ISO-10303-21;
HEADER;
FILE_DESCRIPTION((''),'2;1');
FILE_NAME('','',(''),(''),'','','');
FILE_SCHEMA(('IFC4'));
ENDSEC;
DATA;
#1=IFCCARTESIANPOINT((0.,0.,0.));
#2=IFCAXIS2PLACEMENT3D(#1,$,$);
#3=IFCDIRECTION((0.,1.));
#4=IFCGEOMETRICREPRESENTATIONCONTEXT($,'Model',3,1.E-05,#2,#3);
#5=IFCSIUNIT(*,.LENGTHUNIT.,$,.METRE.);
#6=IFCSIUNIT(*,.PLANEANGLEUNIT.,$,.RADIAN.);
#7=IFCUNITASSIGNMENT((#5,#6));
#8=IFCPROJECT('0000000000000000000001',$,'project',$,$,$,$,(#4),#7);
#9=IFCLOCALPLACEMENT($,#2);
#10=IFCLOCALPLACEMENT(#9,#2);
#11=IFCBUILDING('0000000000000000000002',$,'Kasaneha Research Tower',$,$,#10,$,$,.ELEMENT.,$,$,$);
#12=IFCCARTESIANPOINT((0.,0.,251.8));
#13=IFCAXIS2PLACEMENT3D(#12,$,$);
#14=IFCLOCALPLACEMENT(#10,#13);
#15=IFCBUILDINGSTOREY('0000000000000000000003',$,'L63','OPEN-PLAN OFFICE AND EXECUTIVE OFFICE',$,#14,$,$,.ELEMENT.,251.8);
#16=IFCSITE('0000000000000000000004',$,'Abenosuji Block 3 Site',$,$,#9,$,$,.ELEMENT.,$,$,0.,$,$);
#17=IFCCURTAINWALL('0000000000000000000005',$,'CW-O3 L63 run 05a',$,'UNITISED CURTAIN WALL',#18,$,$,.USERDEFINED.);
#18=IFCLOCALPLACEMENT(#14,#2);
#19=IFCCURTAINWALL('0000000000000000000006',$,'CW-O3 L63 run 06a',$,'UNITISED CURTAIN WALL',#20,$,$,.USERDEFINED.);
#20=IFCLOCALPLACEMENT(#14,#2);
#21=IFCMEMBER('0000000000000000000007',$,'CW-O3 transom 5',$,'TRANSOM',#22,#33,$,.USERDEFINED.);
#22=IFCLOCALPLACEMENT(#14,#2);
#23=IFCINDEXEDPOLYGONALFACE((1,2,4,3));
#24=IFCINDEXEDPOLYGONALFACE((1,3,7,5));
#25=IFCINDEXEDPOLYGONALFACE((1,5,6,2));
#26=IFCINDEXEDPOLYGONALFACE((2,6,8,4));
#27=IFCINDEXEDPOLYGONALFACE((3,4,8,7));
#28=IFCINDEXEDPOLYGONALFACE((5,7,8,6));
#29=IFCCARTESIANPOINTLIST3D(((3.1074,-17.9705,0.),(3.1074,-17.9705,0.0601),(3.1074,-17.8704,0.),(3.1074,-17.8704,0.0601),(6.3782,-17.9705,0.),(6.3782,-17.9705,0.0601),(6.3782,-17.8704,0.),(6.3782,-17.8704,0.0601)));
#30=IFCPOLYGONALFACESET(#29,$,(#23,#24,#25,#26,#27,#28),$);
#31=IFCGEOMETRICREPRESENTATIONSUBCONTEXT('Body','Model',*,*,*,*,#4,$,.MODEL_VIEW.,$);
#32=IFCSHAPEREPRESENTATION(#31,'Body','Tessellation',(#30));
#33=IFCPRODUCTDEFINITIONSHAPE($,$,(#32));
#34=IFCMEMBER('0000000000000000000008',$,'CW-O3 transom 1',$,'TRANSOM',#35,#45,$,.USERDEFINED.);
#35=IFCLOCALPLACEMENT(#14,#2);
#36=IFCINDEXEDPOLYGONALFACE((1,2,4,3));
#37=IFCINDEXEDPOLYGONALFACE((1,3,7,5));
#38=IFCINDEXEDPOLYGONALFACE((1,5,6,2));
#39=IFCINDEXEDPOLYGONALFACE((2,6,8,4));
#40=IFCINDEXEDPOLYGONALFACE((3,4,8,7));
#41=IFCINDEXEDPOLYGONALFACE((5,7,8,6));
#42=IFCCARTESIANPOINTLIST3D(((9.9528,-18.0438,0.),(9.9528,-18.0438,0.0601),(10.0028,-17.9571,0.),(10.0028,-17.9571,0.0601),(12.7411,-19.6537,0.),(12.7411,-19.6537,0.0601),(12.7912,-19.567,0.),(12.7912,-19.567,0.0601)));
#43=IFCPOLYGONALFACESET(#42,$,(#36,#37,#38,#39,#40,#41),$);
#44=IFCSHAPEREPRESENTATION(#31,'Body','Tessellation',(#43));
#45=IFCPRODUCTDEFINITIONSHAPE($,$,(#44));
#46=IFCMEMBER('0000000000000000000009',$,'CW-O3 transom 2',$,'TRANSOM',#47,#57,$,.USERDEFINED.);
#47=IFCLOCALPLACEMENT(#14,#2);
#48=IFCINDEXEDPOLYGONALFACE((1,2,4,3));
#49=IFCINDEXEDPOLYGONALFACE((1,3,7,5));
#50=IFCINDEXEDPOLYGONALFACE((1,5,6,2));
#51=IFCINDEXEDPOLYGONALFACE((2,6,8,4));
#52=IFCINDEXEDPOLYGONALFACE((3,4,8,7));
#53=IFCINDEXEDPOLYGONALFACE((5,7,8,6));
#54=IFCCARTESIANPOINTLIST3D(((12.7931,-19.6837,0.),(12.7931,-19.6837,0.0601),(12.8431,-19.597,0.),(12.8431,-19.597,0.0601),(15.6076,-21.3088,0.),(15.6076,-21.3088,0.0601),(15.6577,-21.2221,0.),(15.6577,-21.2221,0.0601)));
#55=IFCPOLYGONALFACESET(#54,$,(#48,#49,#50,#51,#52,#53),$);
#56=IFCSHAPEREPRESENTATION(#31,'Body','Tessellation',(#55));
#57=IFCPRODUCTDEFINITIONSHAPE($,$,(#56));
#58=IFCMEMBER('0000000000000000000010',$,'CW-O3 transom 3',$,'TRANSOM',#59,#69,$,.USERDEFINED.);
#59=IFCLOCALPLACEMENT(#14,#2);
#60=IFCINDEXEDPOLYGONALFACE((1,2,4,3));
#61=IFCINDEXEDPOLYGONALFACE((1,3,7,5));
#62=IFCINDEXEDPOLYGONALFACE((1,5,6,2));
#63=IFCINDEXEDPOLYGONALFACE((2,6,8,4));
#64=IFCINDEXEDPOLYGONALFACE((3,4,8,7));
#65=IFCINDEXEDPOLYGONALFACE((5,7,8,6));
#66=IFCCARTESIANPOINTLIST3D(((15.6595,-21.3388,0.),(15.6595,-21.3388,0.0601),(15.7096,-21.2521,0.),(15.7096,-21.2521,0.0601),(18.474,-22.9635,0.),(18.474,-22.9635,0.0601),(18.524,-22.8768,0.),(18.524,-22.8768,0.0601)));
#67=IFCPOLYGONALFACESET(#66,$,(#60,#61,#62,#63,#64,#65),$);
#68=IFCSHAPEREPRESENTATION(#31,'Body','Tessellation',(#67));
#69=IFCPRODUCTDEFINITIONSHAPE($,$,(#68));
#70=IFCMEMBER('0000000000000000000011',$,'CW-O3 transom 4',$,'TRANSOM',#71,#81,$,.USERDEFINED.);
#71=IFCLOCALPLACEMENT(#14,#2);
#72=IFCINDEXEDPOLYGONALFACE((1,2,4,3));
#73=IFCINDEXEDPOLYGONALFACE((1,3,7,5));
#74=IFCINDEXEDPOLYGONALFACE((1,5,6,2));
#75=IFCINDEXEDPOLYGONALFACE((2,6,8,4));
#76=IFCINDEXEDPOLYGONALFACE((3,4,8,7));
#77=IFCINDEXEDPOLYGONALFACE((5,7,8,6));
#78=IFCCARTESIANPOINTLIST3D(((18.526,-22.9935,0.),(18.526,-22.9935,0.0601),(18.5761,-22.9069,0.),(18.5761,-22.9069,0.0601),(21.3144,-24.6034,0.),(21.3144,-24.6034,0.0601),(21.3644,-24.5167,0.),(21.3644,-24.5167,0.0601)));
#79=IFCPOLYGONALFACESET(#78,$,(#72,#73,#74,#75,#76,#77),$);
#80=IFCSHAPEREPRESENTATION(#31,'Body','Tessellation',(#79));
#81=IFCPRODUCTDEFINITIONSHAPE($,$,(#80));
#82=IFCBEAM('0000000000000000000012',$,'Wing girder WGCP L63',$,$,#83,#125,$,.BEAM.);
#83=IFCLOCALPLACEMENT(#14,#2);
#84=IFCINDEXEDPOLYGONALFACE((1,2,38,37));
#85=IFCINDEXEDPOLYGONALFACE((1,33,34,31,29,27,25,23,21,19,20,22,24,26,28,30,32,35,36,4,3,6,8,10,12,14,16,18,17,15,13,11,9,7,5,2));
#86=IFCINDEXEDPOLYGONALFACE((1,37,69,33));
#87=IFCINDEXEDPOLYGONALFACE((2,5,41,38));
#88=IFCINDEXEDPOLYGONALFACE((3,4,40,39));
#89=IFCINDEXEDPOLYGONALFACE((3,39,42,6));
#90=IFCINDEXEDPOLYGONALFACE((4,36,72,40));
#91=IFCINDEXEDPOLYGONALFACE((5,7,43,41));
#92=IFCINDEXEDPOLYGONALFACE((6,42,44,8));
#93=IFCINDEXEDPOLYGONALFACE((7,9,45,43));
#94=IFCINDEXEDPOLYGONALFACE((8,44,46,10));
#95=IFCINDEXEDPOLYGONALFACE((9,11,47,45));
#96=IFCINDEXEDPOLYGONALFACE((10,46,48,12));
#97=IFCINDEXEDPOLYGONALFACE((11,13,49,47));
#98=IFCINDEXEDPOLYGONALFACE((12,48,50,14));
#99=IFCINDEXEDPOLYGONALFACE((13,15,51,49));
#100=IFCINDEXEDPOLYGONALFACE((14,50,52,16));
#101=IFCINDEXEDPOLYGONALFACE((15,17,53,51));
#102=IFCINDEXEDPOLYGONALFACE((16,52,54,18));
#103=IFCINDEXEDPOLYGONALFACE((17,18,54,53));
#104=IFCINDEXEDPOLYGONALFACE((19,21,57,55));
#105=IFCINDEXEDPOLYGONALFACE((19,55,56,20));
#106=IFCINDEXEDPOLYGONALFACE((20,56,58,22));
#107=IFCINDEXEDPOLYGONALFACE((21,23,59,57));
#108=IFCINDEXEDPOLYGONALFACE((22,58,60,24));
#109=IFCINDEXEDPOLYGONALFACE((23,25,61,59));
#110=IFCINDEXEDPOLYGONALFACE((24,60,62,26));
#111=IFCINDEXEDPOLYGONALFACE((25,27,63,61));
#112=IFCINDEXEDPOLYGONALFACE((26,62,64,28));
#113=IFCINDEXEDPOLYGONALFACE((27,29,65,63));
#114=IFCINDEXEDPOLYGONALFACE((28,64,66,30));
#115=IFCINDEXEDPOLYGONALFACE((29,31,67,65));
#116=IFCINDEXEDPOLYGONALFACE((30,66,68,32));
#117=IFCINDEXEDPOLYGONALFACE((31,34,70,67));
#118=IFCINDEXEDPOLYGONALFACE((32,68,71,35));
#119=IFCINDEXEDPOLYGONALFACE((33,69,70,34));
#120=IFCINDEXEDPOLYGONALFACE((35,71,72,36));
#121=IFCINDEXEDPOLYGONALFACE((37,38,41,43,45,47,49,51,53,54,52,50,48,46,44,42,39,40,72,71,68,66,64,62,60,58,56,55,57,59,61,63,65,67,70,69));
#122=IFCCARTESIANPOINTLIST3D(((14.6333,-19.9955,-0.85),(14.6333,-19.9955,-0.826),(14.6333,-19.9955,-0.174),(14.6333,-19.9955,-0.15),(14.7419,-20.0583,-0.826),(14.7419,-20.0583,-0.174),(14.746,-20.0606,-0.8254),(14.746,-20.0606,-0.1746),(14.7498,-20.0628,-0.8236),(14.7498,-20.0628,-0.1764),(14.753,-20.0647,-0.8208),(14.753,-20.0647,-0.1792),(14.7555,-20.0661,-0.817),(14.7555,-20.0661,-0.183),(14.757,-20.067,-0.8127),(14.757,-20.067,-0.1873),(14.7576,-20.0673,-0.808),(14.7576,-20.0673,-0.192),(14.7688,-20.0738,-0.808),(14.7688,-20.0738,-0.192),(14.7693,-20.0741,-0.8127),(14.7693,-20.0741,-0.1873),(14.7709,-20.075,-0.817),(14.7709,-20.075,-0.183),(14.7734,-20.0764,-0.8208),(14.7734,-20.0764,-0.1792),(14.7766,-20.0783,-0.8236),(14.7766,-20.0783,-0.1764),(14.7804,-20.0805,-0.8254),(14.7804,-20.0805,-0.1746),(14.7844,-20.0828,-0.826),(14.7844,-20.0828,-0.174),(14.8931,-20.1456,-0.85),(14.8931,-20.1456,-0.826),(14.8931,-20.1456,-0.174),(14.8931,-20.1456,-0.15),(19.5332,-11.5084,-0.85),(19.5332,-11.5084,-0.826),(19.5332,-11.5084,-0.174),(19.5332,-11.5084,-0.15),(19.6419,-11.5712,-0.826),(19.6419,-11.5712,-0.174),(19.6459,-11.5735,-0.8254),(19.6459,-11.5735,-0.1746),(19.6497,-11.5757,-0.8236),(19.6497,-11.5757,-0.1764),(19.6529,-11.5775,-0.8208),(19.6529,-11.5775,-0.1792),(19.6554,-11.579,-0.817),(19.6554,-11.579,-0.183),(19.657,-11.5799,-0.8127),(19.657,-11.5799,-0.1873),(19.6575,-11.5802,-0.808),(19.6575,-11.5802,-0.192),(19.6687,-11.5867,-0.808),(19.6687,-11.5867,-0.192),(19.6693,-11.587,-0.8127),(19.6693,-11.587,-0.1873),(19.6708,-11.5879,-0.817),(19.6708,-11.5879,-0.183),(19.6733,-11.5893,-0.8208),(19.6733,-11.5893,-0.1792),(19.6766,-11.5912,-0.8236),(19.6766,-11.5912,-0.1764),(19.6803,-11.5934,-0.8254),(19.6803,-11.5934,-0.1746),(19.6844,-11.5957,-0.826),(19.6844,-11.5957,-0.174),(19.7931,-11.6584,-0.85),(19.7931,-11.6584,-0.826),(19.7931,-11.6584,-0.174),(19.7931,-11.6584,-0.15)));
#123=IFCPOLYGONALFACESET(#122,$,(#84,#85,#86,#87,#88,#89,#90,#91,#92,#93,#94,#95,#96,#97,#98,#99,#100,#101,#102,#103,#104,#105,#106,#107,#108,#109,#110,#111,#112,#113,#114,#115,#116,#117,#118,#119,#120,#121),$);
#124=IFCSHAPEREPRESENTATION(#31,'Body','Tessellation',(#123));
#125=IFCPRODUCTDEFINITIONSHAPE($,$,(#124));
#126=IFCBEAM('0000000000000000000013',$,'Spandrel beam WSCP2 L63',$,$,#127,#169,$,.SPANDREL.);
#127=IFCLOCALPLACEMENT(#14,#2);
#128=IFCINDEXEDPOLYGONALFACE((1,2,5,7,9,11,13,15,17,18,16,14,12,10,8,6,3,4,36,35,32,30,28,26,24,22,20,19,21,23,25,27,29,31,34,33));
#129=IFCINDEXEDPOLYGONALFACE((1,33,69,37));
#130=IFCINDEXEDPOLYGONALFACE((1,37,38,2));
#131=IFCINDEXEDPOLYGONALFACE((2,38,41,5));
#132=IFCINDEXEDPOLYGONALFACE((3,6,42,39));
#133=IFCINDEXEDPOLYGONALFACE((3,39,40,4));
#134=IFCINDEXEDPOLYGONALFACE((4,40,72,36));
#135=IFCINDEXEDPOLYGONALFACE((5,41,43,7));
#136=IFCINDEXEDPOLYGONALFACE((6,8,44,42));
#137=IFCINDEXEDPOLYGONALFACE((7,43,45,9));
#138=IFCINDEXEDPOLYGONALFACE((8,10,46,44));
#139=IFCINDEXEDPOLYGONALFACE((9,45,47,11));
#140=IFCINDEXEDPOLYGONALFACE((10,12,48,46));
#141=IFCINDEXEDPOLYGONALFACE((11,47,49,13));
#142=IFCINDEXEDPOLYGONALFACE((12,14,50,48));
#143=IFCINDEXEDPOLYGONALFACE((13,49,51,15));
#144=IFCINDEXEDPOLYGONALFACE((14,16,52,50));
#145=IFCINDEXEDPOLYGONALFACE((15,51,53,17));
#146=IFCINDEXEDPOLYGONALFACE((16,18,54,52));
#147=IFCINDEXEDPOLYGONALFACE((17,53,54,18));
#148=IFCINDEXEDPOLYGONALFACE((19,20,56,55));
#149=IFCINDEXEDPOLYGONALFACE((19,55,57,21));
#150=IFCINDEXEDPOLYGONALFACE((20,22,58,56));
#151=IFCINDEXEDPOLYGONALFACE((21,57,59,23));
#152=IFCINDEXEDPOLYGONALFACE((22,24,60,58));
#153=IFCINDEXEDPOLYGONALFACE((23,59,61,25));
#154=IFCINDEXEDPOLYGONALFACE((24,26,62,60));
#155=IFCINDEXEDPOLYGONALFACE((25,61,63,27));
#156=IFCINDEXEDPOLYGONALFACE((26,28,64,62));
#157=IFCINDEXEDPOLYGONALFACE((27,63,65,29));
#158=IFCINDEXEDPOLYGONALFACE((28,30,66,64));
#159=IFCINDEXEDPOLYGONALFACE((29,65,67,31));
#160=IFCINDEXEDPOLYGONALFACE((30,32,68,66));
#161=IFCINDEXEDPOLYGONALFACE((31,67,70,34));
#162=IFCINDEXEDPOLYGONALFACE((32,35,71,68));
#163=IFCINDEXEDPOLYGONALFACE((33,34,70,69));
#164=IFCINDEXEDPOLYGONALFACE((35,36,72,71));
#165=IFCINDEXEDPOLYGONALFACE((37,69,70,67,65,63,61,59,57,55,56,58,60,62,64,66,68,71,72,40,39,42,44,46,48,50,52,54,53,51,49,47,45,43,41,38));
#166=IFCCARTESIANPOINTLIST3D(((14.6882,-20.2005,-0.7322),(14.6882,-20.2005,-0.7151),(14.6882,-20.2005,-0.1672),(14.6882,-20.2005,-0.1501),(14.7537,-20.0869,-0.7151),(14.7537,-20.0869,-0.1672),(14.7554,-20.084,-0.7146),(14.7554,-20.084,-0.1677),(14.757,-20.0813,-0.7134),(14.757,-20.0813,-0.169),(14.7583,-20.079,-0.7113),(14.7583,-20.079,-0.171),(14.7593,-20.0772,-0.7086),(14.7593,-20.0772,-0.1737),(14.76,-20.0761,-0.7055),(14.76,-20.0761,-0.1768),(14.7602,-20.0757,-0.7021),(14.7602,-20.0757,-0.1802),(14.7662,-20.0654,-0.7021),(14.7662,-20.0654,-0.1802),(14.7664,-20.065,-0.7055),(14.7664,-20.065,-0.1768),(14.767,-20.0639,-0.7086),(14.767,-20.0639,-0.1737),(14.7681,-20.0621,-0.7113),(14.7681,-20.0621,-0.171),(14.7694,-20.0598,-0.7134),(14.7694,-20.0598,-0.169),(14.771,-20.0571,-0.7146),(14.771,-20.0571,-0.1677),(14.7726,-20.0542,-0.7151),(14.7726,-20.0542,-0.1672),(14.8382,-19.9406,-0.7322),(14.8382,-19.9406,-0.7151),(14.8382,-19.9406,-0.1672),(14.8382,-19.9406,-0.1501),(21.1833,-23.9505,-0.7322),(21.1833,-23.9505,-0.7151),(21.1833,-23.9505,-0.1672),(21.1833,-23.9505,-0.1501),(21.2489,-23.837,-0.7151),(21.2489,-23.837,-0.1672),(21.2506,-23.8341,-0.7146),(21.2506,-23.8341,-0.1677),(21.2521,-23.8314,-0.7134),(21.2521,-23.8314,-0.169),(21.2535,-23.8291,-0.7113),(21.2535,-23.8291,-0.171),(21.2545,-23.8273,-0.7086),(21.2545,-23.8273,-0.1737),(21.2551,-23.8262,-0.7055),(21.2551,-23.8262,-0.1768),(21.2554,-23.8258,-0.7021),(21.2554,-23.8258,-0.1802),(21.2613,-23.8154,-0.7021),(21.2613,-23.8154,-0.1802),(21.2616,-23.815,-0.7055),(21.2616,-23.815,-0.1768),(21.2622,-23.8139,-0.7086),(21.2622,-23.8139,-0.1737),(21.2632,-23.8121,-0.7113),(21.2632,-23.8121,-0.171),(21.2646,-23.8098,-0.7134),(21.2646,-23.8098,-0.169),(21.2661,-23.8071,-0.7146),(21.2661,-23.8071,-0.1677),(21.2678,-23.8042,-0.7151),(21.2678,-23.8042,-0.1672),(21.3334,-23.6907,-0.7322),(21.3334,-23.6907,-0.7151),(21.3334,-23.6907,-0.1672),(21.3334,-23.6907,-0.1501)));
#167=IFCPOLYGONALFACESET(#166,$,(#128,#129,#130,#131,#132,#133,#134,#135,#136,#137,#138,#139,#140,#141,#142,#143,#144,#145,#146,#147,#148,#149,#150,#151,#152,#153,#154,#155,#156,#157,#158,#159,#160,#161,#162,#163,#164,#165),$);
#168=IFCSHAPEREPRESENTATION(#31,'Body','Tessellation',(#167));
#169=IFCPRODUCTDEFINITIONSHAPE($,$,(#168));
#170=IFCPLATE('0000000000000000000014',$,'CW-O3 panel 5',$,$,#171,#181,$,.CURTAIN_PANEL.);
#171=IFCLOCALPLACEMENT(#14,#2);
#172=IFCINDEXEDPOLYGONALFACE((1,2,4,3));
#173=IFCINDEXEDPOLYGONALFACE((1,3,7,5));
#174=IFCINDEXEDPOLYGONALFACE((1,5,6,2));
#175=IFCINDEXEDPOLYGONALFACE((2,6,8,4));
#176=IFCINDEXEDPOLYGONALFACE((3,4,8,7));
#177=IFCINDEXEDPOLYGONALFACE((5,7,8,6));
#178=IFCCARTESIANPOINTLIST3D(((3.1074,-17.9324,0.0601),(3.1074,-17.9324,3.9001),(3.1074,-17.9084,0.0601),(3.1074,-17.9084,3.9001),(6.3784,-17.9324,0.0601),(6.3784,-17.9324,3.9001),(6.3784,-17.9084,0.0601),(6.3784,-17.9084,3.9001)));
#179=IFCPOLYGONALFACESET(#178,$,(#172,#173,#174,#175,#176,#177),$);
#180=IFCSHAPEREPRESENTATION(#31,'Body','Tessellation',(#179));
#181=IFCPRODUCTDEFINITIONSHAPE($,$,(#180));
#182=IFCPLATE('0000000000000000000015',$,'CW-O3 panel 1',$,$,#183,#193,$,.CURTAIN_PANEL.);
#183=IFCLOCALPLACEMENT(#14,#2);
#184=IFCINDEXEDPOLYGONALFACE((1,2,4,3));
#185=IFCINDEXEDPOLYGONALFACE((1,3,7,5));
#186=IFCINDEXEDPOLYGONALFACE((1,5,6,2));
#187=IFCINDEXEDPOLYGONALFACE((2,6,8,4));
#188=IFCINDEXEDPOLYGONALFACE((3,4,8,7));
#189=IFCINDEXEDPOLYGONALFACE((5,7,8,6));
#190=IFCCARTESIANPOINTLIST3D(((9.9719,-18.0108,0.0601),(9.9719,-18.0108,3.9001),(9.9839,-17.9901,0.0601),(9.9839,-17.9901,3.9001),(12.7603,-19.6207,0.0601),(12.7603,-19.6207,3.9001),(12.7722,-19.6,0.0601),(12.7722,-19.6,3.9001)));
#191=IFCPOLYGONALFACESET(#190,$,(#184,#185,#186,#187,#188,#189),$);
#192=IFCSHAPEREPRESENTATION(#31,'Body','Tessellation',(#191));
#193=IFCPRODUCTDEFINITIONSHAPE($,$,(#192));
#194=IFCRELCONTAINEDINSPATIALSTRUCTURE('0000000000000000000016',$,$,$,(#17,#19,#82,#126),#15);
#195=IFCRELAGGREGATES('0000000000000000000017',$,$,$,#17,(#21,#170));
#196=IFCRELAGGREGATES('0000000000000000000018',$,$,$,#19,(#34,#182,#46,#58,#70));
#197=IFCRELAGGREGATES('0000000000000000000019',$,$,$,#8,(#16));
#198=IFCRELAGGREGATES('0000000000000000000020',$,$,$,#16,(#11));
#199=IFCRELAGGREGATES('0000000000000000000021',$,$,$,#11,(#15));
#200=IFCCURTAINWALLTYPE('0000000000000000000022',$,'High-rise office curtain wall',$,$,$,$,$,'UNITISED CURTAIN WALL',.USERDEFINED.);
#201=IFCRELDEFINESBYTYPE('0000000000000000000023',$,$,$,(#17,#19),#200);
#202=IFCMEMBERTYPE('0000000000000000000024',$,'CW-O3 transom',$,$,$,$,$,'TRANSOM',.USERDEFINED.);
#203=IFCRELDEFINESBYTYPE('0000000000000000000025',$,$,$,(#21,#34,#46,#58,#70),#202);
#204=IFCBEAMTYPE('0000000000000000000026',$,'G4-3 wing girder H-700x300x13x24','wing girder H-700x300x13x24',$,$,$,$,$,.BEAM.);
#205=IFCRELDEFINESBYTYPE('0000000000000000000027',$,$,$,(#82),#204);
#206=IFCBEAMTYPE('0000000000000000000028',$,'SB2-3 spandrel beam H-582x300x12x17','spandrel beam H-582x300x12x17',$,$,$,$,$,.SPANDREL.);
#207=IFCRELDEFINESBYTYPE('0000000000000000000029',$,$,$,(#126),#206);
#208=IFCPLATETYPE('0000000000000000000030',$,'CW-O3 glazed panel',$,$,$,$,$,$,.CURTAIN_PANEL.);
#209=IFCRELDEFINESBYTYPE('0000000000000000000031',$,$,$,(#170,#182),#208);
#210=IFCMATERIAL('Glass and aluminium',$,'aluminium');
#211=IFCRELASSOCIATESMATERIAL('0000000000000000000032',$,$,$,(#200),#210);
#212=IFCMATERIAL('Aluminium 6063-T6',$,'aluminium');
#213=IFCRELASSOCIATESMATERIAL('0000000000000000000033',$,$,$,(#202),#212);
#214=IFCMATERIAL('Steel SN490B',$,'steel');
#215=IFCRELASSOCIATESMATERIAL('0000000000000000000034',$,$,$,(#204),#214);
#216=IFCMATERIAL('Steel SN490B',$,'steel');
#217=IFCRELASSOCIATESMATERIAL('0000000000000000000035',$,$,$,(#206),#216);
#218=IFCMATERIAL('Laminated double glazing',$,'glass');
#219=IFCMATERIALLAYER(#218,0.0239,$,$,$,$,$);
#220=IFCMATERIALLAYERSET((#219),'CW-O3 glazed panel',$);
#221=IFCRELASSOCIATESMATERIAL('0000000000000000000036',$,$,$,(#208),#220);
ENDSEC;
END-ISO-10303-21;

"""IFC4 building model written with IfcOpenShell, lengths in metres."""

from ifc_helpers import new_model, si_unit, direction, frame, origin, origin_2d, place, context, subcontext, project, spatial, rectangle, i_section, extrude, material, layer, layer_set, material_profile, profile_set, type_object, element, aggregate, save


model = new_model("IFC4")

# Units and contexts
model_context = context("Model", 3, precision=1e-05, world=origin(), true_north=direction((0.0, 1.0)))
body_context = subcontext(model_context, "Body", "Model", "MODEL_VIEW")
ifc_project = project(units=[si_unit("LENGTHUNIT", "METRE"), si_unit("PLANEANGLEUNIT", "RADIAN")], contexts=[model_context])

# Site, building, storey
site_placement = place(None, origin())
site = spatial("IfcSite", under=ifc_project, at=site_placement, Name="Abenosuji Block 3 Site", CompositionType="ELEMENT", RefElevation=0.0)
building_placement = place(site_placement, origin())
building = spatial("IfcBuilding", under=site, at=building_placement, Name="Kasaneha Research Tower", CompositionType="ELEMENT")
storey_placement = place(building_placement, frame((0.0, 0.0, 251.8)))
storey = spatial("IfcBuildingStorey", under=building, at=storey_placement, Name="L63", Description="OPEN-PLAN OFFICE AND EXECUTIVE OFFICE", CompositionType="ELEMENT", Elevation=251.8)

# Curtain walls
ifc_material_1 = material(Name="Glass and aluminium", Category="aluminium")
curtain_wall_type = type_object("IfcCurtainWallType", Name="High-rise office curtain wall", ElementType="UNITISED CURTAIN WALL", PredefinedType="USERDEFINED", material=ifc_material_1)
curtain_wall_1_placement = place(storey_placement, origin())
curtain_wall_1 = element("IfcCurtainWall", 1, at=curtain_wall_1_placement, inside=storey, type_object=curtain_wall_type, Name="CW-O3 L63 run 05a", ObjectType="UNITISED CURTAIN WALL", PredefinedType="USERDEFINED")
curtain_wall_2_placement = place(storey_placement, origin())
curtain_wall_2 = element("IfcCurtainWall", 2, at=curtain_wall_2_placement, inside=storey, type_object=curtain_wall_type, Name="CW-O3 L63 run 06a", ObjectType="UNITISED CURTAIN WALL", PredefinedType="USERDEFINED")

# Members
ifc_material_2 = material(Name="Aluminium 6063-T6", Category="aluminium")
ifc_material_profile_1 = material_profile(ifc_material_2, rectangle(XDim=0.1001, YDim=0.0601, at=origin_2d()), Name="CW-O3 transom 100x60")
ifc_profile_set_1 = profile_set([ifc_material_profile_1], Name="Aluminium 6063-T6")
member_type_1 = type_object("IfcMemberType", Name="CW-O3 transom", ElementType="TRANSOM", PredefinedType="USERDEFINED", material=ifc_profile_set_1)
member_1_placement = place(storey_placement, frame((3.1074, -17.9204, 0.03), z_axis=(1.0, 0.0, 0.0), x_axis=(0.0, 1.0, 0.0)))
member_1 = element("IfcMember", 3, at=member_1_placement, type_object=member_type_1, Name="CW-O3 transom 5", ObjectType="TRANSOM", PredefinedType="USERDEFINED", context=body_context, shape_type="SweptSolid", body=[
    extrude(rectangle(XDim=0.1001, YDim=0.0601, at=origin_2d()), origin(), (0.0, 0.0, 1.0), 3.2708),
])
member_2_placement = place(storey_placement, frame((9.9778, -18.0005, 0.03), z_axis=(0.866023, -0.500005, 0.0), x_axis=(0.500005, 0.866023, 0.0)))
member_2 = element("IfcMember", 4, at=member_2_placement, type_object=member_type_1, Name="CW-O3 transom 1", ObjectType="TRANSOM", PredefinedType="USERDEFINED", context=body_context, shape_type="SweptSolid", body=[
    extrude(rectangle(XDim=0.1001, YDim=0.0601, at=origin_2d()), origin(), (0.0, 0.0, 1.0), 3.2197),
])
member_3_placement = place(storey_placement, frame((12.8181, -19.6404, 0.03), z_axis=(0.866015, -0.500017, 0.0), x_axis=(0.500017, 0.866015, 0.0)))
member_3 = element("IfcMember", 5, at=member_3_placement, type_object=member_type_1, Name="CW-O3 transom 2", ObjectType="TRANSOM", PredefinedType="USERDEFINED", context=body_context, shape_type="SweptSolid", body=[
    extrude(rectangle(XDim=0.1001, YDim=0.0601, at=origin_2d()), origin(), (0.0, 0.0, 1.0), 3.25),
])
member_4_placement = place(storey_placement, frame((15.6846, -21.2954, 0.03), z_axis=(0.866048, -0.499961, 0.0), x_axis=(0.499961, 0.866048, 0.0)))
member_4 = element("IfcMember", 6, at=member_4_placement, type_object=member_type_1, Name="CW-O3 transom 3", ObjectType="TRANSOM", PredefinedType="USERDEFINED", context=body_context, shape_type="SweptSolid", body=[
    extrude(rectangle(XDim=0.1001, YDim=0.0601, at=origin_2d()), origin(), (0.0, 0.0, 1.0), 3.2498),
])
member_5_placement = place(storey_placement, frame((18.551, -22.9502, 0.03), z_axis=(0.866023, -0.500005, 0.0), x_axis=(0.500005, 0.866023, 0.0)))
member_5 = element("IfcMember", 7, at=member_5_placement, type_object=member_type_1, Name="CW-O3 transom 4", ObjectType="TRANSOM", PredefinedType="USERDEFINED", context=body_context, shape_type="SweptSolid", body=[
    extrude(rectangle(XDim=0.1001, YDim=0.0601, at=origin_2d()), origin(), (0.0, 0.0, 1.0), 3.2197),
])

# Beams
ifc_material_3 = material(Name="Steel SN490B", Category="steel")
ifc_material_profile_2 = material_profile(ifc_material_3, i_section(OverallWidth=0.3, OverallDepth=0.7, WebThickness=0.0129, FlangeThickness=0.0239, FilletRadius=0.0181, at=origin_2d()), Name="H-700x300x13x24")
ifc_profile_set_2 = profile_set([ifc_material_profile_2], Name="Steel SN490B")
beam_type_1 = type_object("IfcBeamType", Name="G4-3 wing girder H-700x300x13x24", Description="wing girder H-700x300x13x24", PredefinedType="BEAM", material=ifc_profile_set_2)
beam_1_placement = place(storey_placement, frame((14.7632, -20.0706, -0.5), z_axis=(0.499992, 0.86603, 0.0), x_axis=(-0.86603, 0.499992, 0.0)))
element("IfcBeam", 8, at=beam_1_placement, inside=storey, type_object=beam_type_1, Name="Wing girder WGCP L63", PredefinedType="BEAM", context=body_context, shape_type="SweptSolid", body=[
    extrude(i_section(OverallWidth=0.3, OverallDepth=0.7, WebThickness=0.0129, FlangeThickness=0.0239, FilletRadius=0.0181, at=origin_2d()), origin(), (0.0, 0.0, 1.0), 9.8),
])
ifc_material_4 = material(Name="Steel SN490B", Category="steel")
ifc_material_profile_3 = material_profile(ifc_material_4, i_section(OverallWidth=0.3, OverallDepth=0.582, WebThickness=0.012, FlangeThickness=0.0171, FilletRadius=0.0129, at=origin_2d()), Name="H-582x300x12x17")
ifc_profile_set_3 = profile_set([ifc_material_profile_3], Name="Steel SN490B")
beam_type_2 = type_object("IfcBeamType", Name="SB2-3 spandrel beam H-582x300x12x17", Description="spandrel beam H-582x300x12x17", PredefinedType="SPANDREL", material=ifc_profile_set_3)
beam_2_placement = place(storey_placement, frame((14.7632, -20.0706, -0.4412), z_axis=(0.866023, -0.500004, 0.0), x_axis=(0.500004, 0.866023, 0.0)))
element("IfcBeam", 9, at=beam_2_placement, inside=storey, type_object=beam_type_2, Name="Spandrel beam WSCP2 L63", PredefinedType="SPANDREL", context=body_context, shape_type="SweptSolid", body=[
    extrude(i_section(OverallWidth=0.3, OverallDepth=0.582, WebThickness=0.012, FlangeThickness=0.0171, FilletRadius=0.0129, at=origin_2d()), origin(), (0.0, 0.0, 1.0), 7.5),
])

# Plates
ifc_material_5 = material(Name="Laminated double glazing", Category="glass")
ifc_layer_1 = layer(ifc_material_5, 0.0239)
ifc_layer_set_1 = layer_set([ifc_layer_1], Name="CW-O3 glazed panel")
plate_type = type_object("IfcPlateType", Name="CW-O3 glazed panel", PredefinedType="CURTAIN_PANEL", material=ifc_layer_set_1)
plate_1_placement = place(storey_placement, frame((4.7429, -17.9204, 0.0601), z_axis=(0.0, 0.0, 1.0), x_axis=(1.0, 0.0, 0.0)))
plate_1 = element("IfcPlate", 10, at=plate_1_placement, type_object=plate_type, Name="CW-O3 panel 5", PredefinedType="CURTAIN_PANEL", context=body_context, shape_type="SweptSolid", body=[
    extrude(rectangle(XDim=3.271, YDim=0.0239, at=origin_2d()), origin(), (0.0, 0.0, 1.0), 3.8401),
])
aggregate(curtain_wall_1, [member_1, plate_1])
plate_2_placement = place(storey_placement, frame((11.3721, -18.8054, 0.0601), z_axis=(0.0, 0.0, 1.0), x_axis=(0.866025, -0.5, 0.0)))
plate_2 = element("IfcPlate", 11, at=plate_2_placement, type_object=plate_type, Name="CW-O3 panel 1", PredefinedType="CURTAIN_PANEL", context=body_context, shape_type="SweptSolid", body=[
    extrude(rectangle(XDim=3.2197, YDim=0.0239, at=origin_2d()), origin(), (0.0, 0.0, 1.0), 3.8401),
])
aggregate(curtain_wall_2, [member_2, plate_2, member_3, member_4, member_5])

save(model, "model.ifc")
